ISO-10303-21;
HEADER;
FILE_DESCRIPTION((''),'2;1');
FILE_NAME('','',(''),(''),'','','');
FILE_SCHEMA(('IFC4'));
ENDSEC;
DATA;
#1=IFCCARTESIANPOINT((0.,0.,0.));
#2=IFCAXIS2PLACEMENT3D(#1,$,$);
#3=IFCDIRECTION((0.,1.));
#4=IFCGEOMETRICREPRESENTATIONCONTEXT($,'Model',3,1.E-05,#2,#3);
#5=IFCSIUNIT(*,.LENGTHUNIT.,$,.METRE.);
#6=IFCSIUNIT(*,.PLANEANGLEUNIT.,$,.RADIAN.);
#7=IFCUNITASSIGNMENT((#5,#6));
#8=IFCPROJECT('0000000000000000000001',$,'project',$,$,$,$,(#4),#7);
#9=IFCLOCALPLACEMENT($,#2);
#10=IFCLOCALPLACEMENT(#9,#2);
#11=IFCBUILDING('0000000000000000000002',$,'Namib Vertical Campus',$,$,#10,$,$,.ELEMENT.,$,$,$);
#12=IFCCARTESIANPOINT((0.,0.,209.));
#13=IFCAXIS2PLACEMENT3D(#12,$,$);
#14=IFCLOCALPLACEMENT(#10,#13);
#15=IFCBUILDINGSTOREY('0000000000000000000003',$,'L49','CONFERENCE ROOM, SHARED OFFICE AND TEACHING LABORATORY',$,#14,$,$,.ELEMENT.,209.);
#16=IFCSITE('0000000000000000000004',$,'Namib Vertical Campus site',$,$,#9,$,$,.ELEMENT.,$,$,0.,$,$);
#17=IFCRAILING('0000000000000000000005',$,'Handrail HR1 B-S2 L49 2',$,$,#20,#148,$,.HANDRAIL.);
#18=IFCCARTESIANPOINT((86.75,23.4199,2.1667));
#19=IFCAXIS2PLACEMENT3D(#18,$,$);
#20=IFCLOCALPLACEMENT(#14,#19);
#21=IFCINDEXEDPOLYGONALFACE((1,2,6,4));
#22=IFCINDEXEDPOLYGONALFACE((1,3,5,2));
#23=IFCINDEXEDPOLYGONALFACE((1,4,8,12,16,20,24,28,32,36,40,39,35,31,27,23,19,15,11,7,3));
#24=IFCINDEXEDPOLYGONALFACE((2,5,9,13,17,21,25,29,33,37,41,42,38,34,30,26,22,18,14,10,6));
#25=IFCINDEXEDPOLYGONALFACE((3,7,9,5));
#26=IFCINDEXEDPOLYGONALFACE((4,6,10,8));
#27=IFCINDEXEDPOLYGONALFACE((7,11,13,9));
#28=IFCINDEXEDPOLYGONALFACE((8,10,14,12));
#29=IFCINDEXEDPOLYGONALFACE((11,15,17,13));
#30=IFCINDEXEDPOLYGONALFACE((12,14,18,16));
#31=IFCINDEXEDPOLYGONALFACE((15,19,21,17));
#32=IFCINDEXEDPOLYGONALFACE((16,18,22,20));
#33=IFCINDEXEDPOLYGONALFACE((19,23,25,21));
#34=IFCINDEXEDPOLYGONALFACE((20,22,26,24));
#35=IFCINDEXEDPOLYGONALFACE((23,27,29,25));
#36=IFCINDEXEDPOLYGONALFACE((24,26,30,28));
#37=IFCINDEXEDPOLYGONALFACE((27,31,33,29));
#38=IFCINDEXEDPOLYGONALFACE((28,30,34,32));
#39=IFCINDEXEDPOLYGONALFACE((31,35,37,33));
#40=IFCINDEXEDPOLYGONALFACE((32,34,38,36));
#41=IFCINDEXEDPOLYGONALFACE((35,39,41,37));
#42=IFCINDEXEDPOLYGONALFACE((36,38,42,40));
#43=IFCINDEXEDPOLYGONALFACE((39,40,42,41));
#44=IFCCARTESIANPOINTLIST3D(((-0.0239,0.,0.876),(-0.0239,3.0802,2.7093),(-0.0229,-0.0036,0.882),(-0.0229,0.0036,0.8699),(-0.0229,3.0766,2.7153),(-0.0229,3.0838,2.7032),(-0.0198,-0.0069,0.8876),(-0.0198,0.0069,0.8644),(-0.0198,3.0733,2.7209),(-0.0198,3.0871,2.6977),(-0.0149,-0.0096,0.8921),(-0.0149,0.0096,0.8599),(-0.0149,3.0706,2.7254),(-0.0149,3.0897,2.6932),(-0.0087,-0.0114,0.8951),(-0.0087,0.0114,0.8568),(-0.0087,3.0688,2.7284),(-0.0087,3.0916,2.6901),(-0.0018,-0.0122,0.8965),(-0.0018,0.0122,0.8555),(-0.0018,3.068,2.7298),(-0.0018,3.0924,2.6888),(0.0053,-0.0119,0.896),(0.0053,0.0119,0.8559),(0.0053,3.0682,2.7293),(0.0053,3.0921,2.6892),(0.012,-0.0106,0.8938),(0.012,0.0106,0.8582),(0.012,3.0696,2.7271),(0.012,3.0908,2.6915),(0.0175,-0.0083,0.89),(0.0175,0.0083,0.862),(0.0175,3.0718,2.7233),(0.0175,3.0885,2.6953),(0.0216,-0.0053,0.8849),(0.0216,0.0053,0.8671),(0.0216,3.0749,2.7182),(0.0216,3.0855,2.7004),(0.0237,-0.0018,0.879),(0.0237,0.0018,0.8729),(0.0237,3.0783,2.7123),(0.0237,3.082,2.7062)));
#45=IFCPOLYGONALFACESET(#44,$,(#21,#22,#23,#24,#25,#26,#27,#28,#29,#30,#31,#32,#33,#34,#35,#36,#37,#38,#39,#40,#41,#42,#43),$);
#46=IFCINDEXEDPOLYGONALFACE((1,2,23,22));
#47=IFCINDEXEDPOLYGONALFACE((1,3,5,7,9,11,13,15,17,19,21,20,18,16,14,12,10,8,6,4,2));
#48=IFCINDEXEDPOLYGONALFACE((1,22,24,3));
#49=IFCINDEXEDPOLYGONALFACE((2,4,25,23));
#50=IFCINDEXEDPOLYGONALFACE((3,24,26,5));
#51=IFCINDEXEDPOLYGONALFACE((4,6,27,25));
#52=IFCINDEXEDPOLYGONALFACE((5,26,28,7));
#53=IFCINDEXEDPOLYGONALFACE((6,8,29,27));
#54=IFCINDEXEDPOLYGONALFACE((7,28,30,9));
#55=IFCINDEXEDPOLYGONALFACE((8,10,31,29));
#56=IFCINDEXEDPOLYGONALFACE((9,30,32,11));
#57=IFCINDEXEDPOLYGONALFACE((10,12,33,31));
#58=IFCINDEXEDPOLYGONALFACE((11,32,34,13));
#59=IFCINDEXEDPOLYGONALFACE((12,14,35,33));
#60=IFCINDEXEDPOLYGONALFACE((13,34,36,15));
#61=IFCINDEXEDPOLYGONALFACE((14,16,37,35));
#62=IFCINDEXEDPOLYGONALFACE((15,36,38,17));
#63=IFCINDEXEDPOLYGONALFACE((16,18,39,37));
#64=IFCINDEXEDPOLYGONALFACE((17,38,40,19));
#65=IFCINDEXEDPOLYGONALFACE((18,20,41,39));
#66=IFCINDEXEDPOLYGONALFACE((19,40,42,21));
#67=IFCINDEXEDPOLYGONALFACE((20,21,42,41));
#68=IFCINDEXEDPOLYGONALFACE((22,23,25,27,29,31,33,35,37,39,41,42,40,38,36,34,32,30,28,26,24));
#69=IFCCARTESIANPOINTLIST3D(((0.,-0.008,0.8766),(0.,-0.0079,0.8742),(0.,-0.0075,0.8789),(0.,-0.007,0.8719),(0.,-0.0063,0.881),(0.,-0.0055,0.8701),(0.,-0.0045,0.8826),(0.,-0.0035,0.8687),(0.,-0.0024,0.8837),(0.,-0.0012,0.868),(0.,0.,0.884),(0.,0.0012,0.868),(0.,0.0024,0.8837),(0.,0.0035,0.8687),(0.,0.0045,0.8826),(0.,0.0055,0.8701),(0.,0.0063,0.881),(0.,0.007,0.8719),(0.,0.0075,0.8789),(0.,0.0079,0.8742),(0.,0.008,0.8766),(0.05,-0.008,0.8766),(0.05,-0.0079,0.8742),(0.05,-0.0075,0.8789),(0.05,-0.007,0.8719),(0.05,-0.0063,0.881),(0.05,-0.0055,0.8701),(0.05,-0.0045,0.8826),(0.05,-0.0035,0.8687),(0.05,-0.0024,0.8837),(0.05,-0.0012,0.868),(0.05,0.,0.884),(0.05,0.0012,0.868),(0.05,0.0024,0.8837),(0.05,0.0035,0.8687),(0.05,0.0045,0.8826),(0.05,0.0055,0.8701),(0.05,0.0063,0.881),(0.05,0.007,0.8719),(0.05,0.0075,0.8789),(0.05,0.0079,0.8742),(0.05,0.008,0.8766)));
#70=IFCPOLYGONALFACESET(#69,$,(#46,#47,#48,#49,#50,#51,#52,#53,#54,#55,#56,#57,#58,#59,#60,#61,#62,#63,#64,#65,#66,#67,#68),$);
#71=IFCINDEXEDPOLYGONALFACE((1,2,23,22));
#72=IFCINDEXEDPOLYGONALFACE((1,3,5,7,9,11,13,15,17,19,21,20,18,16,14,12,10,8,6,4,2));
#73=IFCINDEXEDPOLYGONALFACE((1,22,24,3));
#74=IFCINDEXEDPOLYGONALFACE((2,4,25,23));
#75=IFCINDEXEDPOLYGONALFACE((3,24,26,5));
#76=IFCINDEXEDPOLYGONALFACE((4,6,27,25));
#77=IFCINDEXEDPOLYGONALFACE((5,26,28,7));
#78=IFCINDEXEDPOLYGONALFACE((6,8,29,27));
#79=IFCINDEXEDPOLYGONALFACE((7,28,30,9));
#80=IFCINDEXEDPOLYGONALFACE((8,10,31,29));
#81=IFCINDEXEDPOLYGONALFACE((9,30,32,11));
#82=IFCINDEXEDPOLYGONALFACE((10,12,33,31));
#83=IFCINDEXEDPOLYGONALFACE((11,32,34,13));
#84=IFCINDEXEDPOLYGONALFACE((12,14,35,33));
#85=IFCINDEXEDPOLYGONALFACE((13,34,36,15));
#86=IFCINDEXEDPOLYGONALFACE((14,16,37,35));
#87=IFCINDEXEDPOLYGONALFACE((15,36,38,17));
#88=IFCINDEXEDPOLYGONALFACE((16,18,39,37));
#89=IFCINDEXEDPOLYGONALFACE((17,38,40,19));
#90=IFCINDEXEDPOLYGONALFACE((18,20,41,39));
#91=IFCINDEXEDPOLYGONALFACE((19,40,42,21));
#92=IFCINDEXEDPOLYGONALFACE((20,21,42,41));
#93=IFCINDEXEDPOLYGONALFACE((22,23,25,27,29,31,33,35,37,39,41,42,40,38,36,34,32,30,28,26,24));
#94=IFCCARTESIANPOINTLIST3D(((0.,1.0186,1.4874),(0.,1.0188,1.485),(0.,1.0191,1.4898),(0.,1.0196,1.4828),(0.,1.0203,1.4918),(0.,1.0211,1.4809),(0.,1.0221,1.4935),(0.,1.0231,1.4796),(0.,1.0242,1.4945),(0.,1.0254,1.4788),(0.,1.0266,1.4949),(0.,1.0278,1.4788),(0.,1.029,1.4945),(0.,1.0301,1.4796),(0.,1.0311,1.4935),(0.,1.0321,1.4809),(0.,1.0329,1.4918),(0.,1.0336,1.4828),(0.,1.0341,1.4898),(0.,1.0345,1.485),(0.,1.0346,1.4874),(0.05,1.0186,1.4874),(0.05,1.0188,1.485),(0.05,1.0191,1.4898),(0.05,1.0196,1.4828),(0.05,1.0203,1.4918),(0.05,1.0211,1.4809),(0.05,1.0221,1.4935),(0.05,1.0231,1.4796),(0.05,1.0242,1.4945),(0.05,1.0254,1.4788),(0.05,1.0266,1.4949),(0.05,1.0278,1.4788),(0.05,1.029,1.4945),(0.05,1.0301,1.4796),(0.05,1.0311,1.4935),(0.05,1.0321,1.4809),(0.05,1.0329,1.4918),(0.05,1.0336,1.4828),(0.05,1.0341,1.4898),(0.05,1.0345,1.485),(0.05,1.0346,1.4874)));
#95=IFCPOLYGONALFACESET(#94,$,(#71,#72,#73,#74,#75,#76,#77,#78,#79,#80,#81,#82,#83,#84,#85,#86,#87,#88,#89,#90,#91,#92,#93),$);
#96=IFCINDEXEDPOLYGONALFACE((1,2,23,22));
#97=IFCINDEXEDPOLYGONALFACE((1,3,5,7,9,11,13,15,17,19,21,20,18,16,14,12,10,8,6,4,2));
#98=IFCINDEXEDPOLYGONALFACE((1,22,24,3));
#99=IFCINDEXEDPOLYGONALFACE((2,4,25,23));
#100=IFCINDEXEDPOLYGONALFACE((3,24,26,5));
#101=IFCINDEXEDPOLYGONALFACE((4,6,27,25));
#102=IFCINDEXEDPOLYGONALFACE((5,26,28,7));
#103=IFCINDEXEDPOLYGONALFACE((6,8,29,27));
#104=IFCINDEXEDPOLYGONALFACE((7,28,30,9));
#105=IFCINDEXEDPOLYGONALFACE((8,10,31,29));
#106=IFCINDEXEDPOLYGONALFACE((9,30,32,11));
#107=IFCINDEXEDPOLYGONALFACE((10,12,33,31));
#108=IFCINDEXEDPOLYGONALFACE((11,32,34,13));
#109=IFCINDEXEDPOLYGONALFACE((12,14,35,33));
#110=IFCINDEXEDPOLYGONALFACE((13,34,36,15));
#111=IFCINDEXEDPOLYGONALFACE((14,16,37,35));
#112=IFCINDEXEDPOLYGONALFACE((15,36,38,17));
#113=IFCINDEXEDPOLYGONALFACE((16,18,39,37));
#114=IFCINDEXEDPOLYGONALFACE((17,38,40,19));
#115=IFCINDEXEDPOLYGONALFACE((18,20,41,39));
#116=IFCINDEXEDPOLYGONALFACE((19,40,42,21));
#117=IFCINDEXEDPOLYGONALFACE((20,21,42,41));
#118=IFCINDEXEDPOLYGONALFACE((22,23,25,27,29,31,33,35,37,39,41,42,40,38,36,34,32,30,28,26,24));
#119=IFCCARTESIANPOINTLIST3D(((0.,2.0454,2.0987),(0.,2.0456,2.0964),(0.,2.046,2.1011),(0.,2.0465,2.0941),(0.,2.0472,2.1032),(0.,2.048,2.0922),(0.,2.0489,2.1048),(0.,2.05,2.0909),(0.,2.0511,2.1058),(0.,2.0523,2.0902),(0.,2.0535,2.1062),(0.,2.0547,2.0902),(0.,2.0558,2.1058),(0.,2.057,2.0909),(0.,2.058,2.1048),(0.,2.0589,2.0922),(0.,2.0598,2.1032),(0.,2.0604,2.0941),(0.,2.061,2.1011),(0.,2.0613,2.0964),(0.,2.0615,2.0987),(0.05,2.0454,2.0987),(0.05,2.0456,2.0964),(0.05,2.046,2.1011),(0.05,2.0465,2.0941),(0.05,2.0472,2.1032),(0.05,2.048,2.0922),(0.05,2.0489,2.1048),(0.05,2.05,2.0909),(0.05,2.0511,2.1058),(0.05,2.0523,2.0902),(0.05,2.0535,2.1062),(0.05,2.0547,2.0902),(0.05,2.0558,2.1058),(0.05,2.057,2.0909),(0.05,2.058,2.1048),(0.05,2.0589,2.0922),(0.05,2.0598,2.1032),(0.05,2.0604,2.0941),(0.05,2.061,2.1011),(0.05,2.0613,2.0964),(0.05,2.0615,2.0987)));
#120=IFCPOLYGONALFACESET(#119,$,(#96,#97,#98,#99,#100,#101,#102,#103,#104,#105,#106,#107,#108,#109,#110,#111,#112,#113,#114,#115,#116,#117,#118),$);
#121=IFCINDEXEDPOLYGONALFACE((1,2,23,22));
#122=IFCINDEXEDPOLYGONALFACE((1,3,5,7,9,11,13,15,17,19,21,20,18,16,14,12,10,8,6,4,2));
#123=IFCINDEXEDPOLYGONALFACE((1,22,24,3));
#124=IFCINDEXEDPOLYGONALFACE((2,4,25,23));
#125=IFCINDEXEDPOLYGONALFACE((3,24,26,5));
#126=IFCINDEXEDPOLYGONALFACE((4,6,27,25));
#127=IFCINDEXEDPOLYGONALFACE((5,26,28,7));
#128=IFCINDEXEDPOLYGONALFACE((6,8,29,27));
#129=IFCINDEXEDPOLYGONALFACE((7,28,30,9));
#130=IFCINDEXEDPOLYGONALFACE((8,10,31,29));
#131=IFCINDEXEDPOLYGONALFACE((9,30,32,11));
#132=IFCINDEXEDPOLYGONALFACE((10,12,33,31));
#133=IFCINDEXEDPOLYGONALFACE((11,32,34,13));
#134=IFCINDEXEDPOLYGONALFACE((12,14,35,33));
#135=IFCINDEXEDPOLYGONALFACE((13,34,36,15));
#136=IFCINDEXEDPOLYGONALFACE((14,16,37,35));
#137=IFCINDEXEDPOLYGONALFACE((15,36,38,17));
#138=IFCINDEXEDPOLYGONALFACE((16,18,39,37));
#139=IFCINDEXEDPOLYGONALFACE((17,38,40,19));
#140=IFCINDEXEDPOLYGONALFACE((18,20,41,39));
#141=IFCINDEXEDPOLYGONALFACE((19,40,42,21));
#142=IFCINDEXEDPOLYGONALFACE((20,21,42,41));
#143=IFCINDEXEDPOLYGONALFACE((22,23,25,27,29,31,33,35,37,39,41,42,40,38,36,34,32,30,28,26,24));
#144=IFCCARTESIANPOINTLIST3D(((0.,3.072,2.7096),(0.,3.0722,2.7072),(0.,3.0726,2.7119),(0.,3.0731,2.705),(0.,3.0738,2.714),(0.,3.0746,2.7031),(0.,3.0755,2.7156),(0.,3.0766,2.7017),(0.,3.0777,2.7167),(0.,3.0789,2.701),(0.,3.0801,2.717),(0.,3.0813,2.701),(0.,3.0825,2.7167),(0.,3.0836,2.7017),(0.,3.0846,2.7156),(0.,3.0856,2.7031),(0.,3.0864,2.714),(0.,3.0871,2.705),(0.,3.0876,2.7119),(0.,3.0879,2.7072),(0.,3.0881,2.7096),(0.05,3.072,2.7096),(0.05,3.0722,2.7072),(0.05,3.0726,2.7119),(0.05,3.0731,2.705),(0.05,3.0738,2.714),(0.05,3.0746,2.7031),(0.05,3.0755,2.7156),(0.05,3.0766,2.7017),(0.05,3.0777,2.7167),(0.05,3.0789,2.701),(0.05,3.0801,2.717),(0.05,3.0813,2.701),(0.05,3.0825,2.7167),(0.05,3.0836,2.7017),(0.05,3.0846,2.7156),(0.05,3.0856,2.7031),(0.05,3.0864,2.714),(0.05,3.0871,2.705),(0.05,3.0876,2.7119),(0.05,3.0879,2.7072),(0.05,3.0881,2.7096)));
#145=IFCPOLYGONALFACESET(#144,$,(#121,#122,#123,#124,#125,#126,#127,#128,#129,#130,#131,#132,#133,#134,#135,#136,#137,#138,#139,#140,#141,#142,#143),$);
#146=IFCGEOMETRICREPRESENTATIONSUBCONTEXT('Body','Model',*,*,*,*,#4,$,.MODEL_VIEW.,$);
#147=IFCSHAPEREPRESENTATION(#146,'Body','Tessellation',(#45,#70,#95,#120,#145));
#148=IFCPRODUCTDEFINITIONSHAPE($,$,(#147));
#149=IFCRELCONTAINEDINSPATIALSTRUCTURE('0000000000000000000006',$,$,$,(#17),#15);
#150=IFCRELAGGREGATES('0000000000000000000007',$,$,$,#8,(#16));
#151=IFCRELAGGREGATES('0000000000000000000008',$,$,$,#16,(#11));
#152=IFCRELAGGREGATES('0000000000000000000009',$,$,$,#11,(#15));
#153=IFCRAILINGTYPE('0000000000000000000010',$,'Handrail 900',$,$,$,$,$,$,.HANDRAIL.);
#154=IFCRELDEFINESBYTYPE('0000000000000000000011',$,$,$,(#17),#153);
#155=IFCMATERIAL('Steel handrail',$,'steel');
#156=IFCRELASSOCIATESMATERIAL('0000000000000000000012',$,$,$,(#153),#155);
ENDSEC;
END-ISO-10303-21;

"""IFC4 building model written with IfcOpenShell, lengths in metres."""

from ifc_helpers import new_model, si_unit, direction, frame, origin, origin_2d, place, context, subcontext, project, spatial, circle, extrude, material, type_object, element, save


model = new_model("IFC4")

# Units and contexts
model_context = context("Model", 3, precision=1e-05, world=origin(), true_north=direction((0.0, 1.0)))
body_context = subcontext(model_context, "Body", "Model", "MODEL_VIEW")
ifc_project = project(units=[si_unit("LENGTHUNIT", "METRE"), si_unit("PLANEANGLEUNIT", "RADIAN")], contexts=[model_context])

# Site, building, storey
site_placement = place(None, origin())
site = spatial("IfcSite", under=ifc_project, at=site_placement, Name="Namib Vertical Campus site", CompositionType="ELEMENT", RefElevation=0.0)
building_placement = place(site_placement, origin())
building = spatial("IfcBuilding", under=site, at=building_placement, Name="Namib Vertical Campus", CompositionType="ELEMENT")
storey_placement = place(building_placement, frame((0.0, 0.0, 209.0)))
storey = spatial("IfcBuildingStorey", under=building, at=storey_placement, Name="L49", Description="CONFERENCE ROOM, SHARED OFFICE AND TEACHING LABORATORY", CompositionType="ELEMENT", Elevation=209.0)

# Railing
ifc_material_1 = material(Name="Steel handrail", Category="steel")
railing_type = type_object("IfcRailingType", Name="Handrail 900", PredefinedType="HANDRAIL", material=ifc_material_1)
railing_placement = place(storey_placement, frame((86.75, 23.4199, 2.1667)))
element("IfcRailing", 1, at=railing_placement, inside=storey, type_object=railing_type, Name="Handrail HR1 B-S2 L49 2", PredefinedType="HANDRAIL", context=body_context, shape_type="SweptSolid", body=[
    extrude(circle(Radius=0.0239, at=origin_2d()), frame((0.0, 0.0, 0.876), z_axis=(0.0, 0.859309, 0.511458), x_axis=(-1.0, 0.0, 0.0)), (0.0, 0.0, 1.0), 3.5845),
    extrude(circle(Radius=0.0081, at=origin_2d()), frame((0.0, 0.0, 0.876), z_axis=(1.0, 0.0, 0.0), x_axis=(0.0, 0.0, 1.0)), (0.0, 0.0, 1.0), 0.05),
    extrude(circle(Radius=0.0081, at=origin_2d()), frame((0.0, 1.0266, 1.4868), z_axis=(1.0, 0.0, 0.0), x_axis=(0.0, 0.0, 1.0)), (0.0, 0.0, 1.0), 0.05),
    extrude(circle(Radius=0.0081, at=origin_2d()), frame((0.0, 2.0535, 2.0981), z_axis=(1.0, 0.0, 0.0), x_axis=(0.0, 0.0, 1.0)), (0.0, 0.0, 1.0), 0.05),
    extrude(circle(Radius=0.0081, at=origin_2d()), frame((0.0, 3.0801, 2.709), z_axis=(1.0, 0.0, 0.0), x_axis=(0.0, 0.0, 1.0)), (0.0, 0.0, 1.0), 0.05),
])

save(model, "model.ifc")
